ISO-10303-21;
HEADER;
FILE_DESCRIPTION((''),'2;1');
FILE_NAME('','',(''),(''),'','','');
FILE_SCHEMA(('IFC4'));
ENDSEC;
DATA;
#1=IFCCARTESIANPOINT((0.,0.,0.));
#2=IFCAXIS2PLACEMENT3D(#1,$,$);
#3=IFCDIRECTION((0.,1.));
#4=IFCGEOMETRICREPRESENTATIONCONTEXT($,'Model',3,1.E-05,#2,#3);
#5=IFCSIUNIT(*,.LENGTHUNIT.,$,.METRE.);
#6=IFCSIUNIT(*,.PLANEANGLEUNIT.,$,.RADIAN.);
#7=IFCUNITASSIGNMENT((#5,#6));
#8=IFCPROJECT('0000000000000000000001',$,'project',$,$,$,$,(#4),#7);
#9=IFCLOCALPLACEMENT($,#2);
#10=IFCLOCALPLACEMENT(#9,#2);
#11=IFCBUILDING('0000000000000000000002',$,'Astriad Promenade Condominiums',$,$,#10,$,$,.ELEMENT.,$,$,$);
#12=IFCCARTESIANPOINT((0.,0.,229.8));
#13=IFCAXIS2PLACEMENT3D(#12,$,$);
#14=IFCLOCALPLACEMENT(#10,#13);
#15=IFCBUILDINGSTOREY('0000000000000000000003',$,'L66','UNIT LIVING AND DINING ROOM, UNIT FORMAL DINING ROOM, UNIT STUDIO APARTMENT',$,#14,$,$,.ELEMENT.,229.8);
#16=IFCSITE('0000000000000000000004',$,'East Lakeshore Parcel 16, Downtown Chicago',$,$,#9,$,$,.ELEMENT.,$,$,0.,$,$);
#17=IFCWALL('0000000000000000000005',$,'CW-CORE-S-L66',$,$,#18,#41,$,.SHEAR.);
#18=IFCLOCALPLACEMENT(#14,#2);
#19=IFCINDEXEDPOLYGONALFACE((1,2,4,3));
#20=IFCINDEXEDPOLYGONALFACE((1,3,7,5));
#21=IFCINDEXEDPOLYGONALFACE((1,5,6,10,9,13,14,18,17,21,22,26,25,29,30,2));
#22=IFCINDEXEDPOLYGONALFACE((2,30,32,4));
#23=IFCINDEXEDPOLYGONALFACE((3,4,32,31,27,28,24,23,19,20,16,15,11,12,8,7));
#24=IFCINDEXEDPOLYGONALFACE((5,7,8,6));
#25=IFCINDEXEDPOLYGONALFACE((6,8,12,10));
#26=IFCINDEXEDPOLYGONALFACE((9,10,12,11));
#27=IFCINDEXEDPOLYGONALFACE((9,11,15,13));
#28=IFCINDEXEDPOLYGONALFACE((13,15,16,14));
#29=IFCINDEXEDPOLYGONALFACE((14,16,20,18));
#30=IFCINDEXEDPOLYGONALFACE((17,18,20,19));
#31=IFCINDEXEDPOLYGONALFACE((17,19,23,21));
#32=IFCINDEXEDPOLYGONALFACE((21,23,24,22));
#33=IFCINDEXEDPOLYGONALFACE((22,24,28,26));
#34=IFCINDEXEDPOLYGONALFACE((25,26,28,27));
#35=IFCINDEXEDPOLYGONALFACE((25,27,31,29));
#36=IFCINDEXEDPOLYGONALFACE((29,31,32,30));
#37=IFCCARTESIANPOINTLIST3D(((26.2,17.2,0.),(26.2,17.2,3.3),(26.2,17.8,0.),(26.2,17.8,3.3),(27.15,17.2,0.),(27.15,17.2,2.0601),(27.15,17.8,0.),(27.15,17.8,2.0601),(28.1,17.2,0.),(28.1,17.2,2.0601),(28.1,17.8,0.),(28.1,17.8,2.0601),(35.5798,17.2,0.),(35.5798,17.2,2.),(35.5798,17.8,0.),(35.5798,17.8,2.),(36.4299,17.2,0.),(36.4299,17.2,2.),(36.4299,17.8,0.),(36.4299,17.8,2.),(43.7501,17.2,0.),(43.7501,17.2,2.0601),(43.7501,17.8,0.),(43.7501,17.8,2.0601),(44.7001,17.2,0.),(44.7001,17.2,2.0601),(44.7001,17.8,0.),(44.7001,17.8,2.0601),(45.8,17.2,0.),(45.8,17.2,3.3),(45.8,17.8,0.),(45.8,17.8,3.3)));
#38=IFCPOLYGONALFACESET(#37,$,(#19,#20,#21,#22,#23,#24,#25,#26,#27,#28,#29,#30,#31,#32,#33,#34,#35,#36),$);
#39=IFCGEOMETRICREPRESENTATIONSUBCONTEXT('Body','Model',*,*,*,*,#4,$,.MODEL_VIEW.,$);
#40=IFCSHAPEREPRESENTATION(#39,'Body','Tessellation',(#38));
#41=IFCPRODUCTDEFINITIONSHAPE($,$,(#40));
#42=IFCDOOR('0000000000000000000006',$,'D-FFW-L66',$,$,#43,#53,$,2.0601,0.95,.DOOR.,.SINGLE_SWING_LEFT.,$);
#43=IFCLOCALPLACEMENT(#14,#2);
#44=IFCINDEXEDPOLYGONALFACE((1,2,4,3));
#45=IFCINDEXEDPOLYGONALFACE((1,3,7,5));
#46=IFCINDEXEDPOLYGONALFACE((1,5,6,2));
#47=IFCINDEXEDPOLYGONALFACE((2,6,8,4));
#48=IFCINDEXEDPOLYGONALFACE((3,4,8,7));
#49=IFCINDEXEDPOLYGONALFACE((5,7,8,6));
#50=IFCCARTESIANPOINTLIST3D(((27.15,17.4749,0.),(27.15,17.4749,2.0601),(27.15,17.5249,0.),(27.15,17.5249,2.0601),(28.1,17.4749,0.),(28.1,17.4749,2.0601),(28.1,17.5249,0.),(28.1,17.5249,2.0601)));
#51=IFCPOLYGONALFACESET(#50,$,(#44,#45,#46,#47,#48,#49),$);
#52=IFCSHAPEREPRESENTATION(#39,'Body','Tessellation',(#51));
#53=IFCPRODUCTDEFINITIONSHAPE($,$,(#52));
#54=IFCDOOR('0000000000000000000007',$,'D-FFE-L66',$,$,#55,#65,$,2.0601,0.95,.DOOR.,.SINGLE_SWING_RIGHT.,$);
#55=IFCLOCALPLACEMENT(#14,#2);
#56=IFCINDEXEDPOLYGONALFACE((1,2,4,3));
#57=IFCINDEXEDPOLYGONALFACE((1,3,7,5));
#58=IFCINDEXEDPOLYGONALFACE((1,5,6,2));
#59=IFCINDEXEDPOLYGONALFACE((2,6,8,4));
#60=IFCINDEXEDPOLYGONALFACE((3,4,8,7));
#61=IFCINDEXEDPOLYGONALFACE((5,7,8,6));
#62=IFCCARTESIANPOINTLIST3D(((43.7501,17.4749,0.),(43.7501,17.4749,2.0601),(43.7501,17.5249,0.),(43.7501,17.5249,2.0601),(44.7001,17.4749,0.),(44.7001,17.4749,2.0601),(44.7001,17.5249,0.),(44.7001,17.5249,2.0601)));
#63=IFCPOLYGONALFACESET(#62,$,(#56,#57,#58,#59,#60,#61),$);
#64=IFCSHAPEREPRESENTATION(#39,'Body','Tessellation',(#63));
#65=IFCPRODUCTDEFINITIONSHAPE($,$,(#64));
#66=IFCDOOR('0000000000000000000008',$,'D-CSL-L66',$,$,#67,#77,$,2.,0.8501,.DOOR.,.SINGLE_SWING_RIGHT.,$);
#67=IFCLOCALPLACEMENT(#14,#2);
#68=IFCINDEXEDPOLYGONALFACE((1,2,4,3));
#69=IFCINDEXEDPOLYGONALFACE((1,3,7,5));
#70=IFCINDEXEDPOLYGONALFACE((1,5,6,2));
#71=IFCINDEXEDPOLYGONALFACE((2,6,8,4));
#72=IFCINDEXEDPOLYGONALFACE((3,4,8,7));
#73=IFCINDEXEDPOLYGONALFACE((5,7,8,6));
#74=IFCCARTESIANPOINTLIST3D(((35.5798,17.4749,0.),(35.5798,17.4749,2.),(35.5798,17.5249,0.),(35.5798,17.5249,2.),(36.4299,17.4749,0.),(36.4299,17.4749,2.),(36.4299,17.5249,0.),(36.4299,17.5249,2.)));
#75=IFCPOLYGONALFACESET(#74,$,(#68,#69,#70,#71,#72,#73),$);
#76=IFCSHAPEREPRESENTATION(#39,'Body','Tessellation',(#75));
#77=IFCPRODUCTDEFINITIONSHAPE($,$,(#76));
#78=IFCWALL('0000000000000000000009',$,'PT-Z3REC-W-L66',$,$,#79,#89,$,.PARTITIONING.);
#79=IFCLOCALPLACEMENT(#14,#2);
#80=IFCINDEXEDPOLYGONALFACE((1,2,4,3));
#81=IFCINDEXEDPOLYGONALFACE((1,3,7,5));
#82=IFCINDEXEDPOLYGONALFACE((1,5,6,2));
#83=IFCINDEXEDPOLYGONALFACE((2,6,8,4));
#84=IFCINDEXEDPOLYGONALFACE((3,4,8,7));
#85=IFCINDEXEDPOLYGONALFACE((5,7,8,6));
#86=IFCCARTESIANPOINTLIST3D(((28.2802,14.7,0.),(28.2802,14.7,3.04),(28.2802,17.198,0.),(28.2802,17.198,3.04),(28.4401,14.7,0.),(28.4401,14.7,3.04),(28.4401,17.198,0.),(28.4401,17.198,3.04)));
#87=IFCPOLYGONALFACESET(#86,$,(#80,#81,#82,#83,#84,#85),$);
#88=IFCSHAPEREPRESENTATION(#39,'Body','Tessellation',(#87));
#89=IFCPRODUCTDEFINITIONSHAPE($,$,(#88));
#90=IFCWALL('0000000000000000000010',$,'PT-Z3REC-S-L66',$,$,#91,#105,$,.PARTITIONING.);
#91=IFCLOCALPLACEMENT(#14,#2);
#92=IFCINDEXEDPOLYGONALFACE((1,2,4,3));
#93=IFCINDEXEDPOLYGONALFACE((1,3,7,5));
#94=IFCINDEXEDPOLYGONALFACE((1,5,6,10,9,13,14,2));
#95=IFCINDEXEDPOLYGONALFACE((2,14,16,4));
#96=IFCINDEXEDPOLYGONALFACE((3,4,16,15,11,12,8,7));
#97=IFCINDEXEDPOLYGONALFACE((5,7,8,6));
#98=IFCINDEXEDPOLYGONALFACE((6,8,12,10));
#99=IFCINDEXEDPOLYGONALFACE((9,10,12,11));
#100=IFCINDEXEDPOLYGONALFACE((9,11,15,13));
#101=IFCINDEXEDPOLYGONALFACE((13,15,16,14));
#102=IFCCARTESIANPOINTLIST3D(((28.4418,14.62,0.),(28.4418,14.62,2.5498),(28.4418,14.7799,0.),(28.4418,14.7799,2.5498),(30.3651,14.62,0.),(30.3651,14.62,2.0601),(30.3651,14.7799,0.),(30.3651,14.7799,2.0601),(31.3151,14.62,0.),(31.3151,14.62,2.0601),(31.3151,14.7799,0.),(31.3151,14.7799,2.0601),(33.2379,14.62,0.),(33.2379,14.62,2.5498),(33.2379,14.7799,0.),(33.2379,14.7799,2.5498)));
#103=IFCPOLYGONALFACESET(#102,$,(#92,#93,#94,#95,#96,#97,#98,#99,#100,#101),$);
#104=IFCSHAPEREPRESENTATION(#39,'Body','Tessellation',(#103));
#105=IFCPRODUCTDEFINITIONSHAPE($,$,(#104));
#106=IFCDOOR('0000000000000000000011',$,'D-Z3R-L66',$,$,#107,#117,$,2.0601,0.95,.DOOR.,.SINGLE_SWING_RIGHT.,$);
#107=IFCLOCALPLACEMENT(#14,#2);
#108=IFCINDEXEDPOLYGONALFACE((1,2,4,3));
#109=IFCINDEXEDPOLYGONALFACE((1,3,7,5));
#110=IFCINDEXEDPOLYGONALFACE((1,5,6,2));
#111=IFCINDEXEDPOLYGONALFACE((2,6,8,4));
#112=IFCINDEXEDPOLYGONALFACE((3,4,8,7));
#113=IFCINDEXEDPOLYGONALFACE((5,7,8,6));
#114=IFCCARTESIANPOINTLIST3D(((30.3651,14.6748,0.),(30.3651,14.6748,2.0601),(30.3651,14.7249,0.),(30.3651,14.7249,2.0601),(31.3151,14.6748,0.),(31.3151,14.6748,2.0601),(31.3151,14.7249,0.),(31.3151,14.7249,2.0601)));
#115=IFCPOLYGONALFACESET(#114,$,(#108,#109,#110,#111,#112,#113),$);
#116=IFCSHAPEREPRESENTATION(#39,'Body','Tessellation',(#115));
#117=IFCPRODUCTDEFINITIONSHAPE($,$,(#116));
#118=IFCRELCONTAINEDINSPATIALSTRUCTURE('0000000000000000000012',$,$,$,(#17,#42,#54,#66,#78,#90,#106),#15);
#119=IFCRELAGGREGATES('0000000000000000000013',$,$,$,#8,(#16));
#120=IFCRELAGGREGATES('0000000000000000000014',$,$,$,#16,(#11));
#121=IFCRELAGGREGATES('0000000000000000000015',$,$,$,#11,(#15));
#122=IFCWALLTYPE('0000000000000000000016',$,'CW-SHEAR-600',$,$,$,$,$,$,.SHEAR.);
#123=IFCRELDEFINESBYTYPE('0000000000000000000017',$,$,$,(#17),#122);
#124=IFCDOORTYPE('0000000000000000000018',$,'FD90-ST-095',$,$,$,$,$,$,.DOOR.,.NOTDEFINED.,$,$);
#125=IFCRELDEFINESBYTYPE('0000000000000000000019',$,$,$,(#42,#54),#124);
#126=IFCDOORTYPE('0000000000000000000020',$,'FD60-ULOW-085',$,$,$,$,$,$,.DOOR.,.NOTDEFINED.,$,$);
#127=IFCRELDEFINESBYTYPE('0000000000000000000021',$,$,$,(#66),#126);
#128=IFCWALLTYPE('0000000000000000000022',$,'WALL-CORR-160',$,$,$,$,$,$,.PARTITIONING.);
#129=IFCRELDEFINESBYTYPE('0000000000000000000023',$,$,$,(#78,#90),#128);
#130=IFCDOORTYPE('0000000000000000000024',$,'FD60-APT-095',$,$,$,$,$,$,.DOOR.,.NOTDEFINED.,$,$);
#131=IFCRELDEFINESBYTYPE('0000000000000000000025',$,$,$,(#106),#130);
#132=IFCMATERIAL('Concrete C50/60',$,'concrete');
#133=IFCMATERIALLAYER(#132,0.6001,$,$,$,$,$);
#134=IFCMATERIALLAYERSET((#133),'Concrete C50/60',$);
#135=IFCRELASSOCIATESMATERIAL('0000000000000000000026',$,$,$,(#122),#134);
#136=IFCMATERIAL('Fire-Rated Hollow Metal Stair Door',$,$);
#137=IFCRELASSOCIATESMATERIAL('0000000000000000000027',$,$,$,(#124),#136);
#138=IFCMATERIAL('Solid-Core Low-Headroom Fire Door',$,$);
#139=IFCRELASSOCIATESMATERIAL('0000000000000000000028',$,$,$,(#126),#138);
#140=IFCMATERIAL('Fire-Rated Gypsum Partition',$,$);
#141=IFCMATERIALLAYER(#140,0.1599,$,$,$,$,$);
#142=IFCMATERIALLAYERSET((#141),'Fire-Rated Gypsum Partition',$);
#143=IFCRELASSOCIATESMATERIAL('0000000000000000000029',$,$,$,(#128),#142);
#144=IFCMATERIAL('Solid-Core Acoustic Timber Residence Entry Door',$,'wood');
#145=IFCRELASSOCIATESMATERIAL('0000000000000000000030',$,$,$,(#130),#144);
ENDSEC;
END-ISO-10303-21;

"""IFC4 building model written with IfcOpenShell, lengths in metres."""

from ifc_helpers import new_model, si_unit, direction, frame, frame_2d, origin, place, context, subcontext, project, spatial, rectangle, extrude, source, transform, mapped, material, layer, layer_set, type_object, type_shapes, element, fill, save


model = new_model("IFC4")

# Units and contexts
model_context = context("Model", 3, precision=1e-05, world=origin(), true_north=direction((0.0, 1.0)))
body_context = subcontext(model_context, "Body", "Model", "MODEL_VIEW")
ifc_project = project(units=[si_unit("LENGTHUNIT", "METRE"), si_unit("PLANEANGLEUNIT", "RADIAN")], contexts=[model_context])

# Site, building, storey
site_placement = place(None, origin())
site = spatial("IfcSite", under=ifc_project, at=site_placement, Name="East Lakeshore Parcel 16, Downtown Chicago", CompositionType="ELEMENT", RefElevation=0.0)
building_placement = place(site_placement, origin())
building = spatial("IfcBuilding", under=site, at=building_placement, Name="Astriad Promenade Condominiums", CompositionType="ELEMENT")
storey_placement = place(building_placement, frame((0.0, 0.0, 229.8)))
storey = spatial("IfcBuildingStorey", under=building, at=storey_placement, Name="L66", Description="UNIT LIVING AND DINING ROOM, UNIT FORMAL DINING ROOM, UNIT STUDIO APARTMENT", CompositionType="ELEMENT", Elevation=229.8)

# Wall, openings, doors
ifc_material_1 = material(Name="Concrete C50/60", Category="concrete")
ifc_layer_1 = layer(ifc_material_1, 0.6001)
ifc_layer_set_1 = layer_set([ifc_layer_1], Name="Concrete C50/60")
wall_type_1 = type_object("IfcWallType", Name="CW-SHEAR-600", PredefinedType="SHEAR", material=ifc_layer_set_1)
wall_1_placement = place(storey_placement, frame((26.2, 17.5, 0.0), z_axis=(0.0, 0.0, 1.0), x_axis=(1.0, 0.0, 0.0)))
wall_1 = element("IfcWall", 1, at=wall_1_placement, inside=storey, type_object=wall_type_1, Name="CW-CORE-S-L66", PredefinedType="SHEAR", context=body_context, shape_type="SweptSolid", body=[
    extrude(rectangle(XDim=19.6001, YDim=0.6001, at=frame_2d((9.8, 0.0))), origin(), (0.0, 0.0, 1.0), 3.3),
])
opening_1_placement = place(wall_1_placement, frame((0.95, 0.0, 0.0)))
opening_1 = element("IfcOpeningElement", 2, at=opening_1_placement, cuts=wall_1, PredefinedType="OPENING", context=body_context, shape_type="SweptSolid", body=[
    extrude(rectangle(XDim=0.95, YDim=2.0601, at=frame_2d((0.4751, 1.03))), frame((0.0, 0.3101, 0.0), z_axis=(0.0, -1.0, 0.0), x_axis=(1.0, 0.0, 0.0)), (0.0, 0.0, 1.0), 0.6201),
])
opening_2_placement = place(wall_1_placement, frame((9.3799, 0.0, 0.0)))
opening_2 = element("IfcOpeningElement", 3, at=opening_2_placement, cuts=wall_1, PredefinedType="OPENING", context=body_context, shape_type="SweptSolid", body=[
    extrude(rectangle(XDim=0.8501, YDim=2.0, at=frame_2d((0.425, 1.0))), frame((0.0, 0.3101, 0.0), z_axis=(0.0, -1.0, 0.0), x_axis=(1.0, 0.0, 0.0)), (0.0, 0.0, 1.0), 0.6201),
])
opening_3_placement = place(wall_1_placement, frame((17.55, 0.0, 0.0)))
opening_3 = element("IfcOpeningElement", 4, at=opening_3_placement, cuts=wall_1, PredefinedType="OPENING", context=body_context, shape_type="SweptSolid", body=[
    extrude(rectangle(XDim=0.95, YDim=2.0601, at=frame_2d((0.4751, 1.03))), frame((0.0, 0.3101, 0.0), z_axis=(0.0, -1.0, 0.0), x_axis=(1.0, 0.0, 0.0)), (0.0, 0.0, 1.0), 0.6201),
])
ifc_material_2 = material(Name="Fire-Rated Hollow Metal Stair Door")
door_type_1 = type_object("IfcDoorType", Name="FD90-ST-095", OperationType="NOTDEFINED", PredefinedType="DOOR", material=ifc_material_2)
shared_shape_1 = source(origin(), body_context, "Body", "SweptSolid", [
    extrude(rectangle(XDim=0.95, YDim=2.0601, at=frame_2d((0.4751, 1.03))), frame((0.0, 0.0249, 0.0), z_axis=(0.0, -1.0, 0.0), x_axis=(1.0, 0.0, 0.0)), (0.0, 0.0, 1.0), 0.05),
])
type_shapes(door_type_1, [shared_shape_1])
door_1_placement = place(opening_1_placement, origin())
door_1 = element("IfcDoor", 5, at=door_1_placement, inside=storey, type_object=door_type_1, Name="D-FFW-L66", OperationType="SINGLE_SWING_LEFT", OverallHeight=2.0601, OverallWidth=0.95, PredefinedType="DOOR", context=body_context, shape_type="MappedRepresentation", body=[
    mapped(shared_shape_1, transform((0.0, 0.0, 0.0), scale=1.0)),
])
fill(opening_1, door_1)
door_2_placement = place(opening_3_placement, origin())
door_2 = element("IfcDoor", 6, at=door_2_placement, inside=storey, type_object=door_type_1, Name="D-FFE-L66", OperationType="SINGLE_SWING_RIGHT", OverallHeight=2.0601, OverallWidth=0.95, PredefinedType="DOOR", context=body_context, shape_type="MappedRepresentation", body=[
    mapped(shared_shape_1, transform((0.0, 0.0, 0.0), scale=1.0)),
])
fill(opening_3, door_2)
ifc_material_3 = material(Name="Solid-Core Low-Headroom Fire Door")
door_type_2 = type_object("IfcDoorType", Name="FD60-ULOW-085", OperationType="NOTDEFINED", PredefinedType="DOOR", material=ifc_material_3)
shared_shape_2 = source(origin(), body_context, "Body", "SweptSolid", [
    extrude(rectangle(XDim=0.8501, YDim=2.0, at=frame_2d((0.425, 1.0))), frame((0.0, 0.0249, 0.0), z_axis=(0.0, -1.0, 0.0), x_axis=(1.0, 0.0, 0.0)), (0.0, 0.0, 1.0), 0.05),
])
type_shapes(door_type_2, [shared_shape_2])
door_3_placement = place(opening_2_placement, origin())
door_3 = element("IfcDoor", 7, at=door_3_placement, inside=storey, type_object=door_type_2, Name="D-CSL-L66", OperationType="SINGLE_SWING_RIGHT", OverallHeight=2.0, OverallWidth=0.8501, PredefinedType="DOOR", context=body_context, shape_type="MappedRepresentation", body=[
    mapped(shared_shape_2, transform((0.0, 0.0, 0.0), scale=1.0)),
])
fill(opening_2, door_3)

# Wall
ifc_material_4 = material(Name="Fire-Rated Gypsum Partition")
ifc_layer_2 = layer(ifc_material_4, 0.1599)
ifc_layer_set_2 = layer_set([ifc_layer_2], Name="Fire-Rated Gypsum Partition")
wall_type_2 = type_object("IfcWallType", Name="WALL-CORR-160", PredefinedType="PARTITIONING", material=ifc_layer_set_2)
wall_2_placement = place(storey_placement, frame((28.3601, 14.7, 0.0), z_axis=(0.0, 0.0, 1.0), x_axis=(0.0, 1.0, 0.0)))
element("IfcWall", 8, at=wall_2_placement, inside=storey, type_object=wall_type_2, Name="PT-Z3REC-W-L66", PredefinedType="PARTITIONING", context=body_context, shape_type="SweptSolid", body=[
    extrude(rectangle(XDim=2.498, YDim=0.1599, at=frame_2d((1.249, 0.0))), origin(), (0.0, 0.0, 1.0), 3.04),
])

# Wall, opening, door
wall_3_placement = place(storey_placement, frame((28.4419, 14.7, 0.0), z_axis=(0.0, 0.0, 1.0), x_axis=(1.0, 0.0, 0.0)))
wall_3 = element("IfcWall", 9, at=wall_3_placement, inside=storey, type_object=wall_type_2, Name="PT-Z3REC-S-L66", PredefinedType="PARTITIONING", context=body_context, shape_type="SweptSolid", body=[
    extrude(rectangle(XDim=4.7961, YDim=0.1599, at=frame_2d((2.3979, 0.0))), origin(), (0.0, 0.0, 1.0), 2.5498),
])
opening_4_placement = place(wall_3_placement, frame((1.9231, 0.0, 0.0)))
opening_4 = element("IfcOpeningElement", 10, at=opening_4_placement, cuts=wall_3, PredefinedType="OPENING", context=body_context, shape_type="SweptSolid", body=[
    extrude(rectangle(XDim=0.95, YDim=2.0601, at=frame_2d((0.4751, 1.03))), frame((0.0, 0.0898, 0.0), z_axis=(0.0, -1.0, 0.0), x_axis=(1.0, 0.0, 0.0)), (0.0, 0.0, 1.0), 0.1799),
])
ifc_material_5 = material(Name="Solid-Core Acoustic Timber Residence Entry Door", Category="wood")
door_type_3 = type_object("IfcDoorType", Name="FD60-APT-095", OperationType="NOTDEFINED", PredefinedType="DOOR", material=ifc_material_5)
shared_shape_3 = source(origin(), body_context, "Body", "SweptSolid", [
    extrude(rectangle(XDim=0.95, YDim=2.0601, at=frame_2d((0.4751, 1.03))), frame((0.0, 0.0249, 0.0), z_axis=(0.0, -1.0, 0.0), x_axis=(1.0, 0.0, 0.0)), (0.0, 0.0, 1.0), 0.05),
])
type_shapes(door_type_3, [shared_shape_3])
door_4_placement = place(opening_4_placement, origin())
door_4 = element("IfcDoor", 11, at=door_4_placement, inside=storey, type_object=door_type_3, Name="D-Z3R-L66", OperationType="SINGLE_SWING_RIGHT", OverallHeight=2.0601, OverallWidth=0.95, PredefinedType="DOOR", context=body_context, shape_type="MappedRepresentation", body=[
    mapped(shared_shape_3, transform((0.0, 0.0, 0.0), scale=1.0)),
])
fill(opening_4, door_4)

save(model, "model.ifc")
